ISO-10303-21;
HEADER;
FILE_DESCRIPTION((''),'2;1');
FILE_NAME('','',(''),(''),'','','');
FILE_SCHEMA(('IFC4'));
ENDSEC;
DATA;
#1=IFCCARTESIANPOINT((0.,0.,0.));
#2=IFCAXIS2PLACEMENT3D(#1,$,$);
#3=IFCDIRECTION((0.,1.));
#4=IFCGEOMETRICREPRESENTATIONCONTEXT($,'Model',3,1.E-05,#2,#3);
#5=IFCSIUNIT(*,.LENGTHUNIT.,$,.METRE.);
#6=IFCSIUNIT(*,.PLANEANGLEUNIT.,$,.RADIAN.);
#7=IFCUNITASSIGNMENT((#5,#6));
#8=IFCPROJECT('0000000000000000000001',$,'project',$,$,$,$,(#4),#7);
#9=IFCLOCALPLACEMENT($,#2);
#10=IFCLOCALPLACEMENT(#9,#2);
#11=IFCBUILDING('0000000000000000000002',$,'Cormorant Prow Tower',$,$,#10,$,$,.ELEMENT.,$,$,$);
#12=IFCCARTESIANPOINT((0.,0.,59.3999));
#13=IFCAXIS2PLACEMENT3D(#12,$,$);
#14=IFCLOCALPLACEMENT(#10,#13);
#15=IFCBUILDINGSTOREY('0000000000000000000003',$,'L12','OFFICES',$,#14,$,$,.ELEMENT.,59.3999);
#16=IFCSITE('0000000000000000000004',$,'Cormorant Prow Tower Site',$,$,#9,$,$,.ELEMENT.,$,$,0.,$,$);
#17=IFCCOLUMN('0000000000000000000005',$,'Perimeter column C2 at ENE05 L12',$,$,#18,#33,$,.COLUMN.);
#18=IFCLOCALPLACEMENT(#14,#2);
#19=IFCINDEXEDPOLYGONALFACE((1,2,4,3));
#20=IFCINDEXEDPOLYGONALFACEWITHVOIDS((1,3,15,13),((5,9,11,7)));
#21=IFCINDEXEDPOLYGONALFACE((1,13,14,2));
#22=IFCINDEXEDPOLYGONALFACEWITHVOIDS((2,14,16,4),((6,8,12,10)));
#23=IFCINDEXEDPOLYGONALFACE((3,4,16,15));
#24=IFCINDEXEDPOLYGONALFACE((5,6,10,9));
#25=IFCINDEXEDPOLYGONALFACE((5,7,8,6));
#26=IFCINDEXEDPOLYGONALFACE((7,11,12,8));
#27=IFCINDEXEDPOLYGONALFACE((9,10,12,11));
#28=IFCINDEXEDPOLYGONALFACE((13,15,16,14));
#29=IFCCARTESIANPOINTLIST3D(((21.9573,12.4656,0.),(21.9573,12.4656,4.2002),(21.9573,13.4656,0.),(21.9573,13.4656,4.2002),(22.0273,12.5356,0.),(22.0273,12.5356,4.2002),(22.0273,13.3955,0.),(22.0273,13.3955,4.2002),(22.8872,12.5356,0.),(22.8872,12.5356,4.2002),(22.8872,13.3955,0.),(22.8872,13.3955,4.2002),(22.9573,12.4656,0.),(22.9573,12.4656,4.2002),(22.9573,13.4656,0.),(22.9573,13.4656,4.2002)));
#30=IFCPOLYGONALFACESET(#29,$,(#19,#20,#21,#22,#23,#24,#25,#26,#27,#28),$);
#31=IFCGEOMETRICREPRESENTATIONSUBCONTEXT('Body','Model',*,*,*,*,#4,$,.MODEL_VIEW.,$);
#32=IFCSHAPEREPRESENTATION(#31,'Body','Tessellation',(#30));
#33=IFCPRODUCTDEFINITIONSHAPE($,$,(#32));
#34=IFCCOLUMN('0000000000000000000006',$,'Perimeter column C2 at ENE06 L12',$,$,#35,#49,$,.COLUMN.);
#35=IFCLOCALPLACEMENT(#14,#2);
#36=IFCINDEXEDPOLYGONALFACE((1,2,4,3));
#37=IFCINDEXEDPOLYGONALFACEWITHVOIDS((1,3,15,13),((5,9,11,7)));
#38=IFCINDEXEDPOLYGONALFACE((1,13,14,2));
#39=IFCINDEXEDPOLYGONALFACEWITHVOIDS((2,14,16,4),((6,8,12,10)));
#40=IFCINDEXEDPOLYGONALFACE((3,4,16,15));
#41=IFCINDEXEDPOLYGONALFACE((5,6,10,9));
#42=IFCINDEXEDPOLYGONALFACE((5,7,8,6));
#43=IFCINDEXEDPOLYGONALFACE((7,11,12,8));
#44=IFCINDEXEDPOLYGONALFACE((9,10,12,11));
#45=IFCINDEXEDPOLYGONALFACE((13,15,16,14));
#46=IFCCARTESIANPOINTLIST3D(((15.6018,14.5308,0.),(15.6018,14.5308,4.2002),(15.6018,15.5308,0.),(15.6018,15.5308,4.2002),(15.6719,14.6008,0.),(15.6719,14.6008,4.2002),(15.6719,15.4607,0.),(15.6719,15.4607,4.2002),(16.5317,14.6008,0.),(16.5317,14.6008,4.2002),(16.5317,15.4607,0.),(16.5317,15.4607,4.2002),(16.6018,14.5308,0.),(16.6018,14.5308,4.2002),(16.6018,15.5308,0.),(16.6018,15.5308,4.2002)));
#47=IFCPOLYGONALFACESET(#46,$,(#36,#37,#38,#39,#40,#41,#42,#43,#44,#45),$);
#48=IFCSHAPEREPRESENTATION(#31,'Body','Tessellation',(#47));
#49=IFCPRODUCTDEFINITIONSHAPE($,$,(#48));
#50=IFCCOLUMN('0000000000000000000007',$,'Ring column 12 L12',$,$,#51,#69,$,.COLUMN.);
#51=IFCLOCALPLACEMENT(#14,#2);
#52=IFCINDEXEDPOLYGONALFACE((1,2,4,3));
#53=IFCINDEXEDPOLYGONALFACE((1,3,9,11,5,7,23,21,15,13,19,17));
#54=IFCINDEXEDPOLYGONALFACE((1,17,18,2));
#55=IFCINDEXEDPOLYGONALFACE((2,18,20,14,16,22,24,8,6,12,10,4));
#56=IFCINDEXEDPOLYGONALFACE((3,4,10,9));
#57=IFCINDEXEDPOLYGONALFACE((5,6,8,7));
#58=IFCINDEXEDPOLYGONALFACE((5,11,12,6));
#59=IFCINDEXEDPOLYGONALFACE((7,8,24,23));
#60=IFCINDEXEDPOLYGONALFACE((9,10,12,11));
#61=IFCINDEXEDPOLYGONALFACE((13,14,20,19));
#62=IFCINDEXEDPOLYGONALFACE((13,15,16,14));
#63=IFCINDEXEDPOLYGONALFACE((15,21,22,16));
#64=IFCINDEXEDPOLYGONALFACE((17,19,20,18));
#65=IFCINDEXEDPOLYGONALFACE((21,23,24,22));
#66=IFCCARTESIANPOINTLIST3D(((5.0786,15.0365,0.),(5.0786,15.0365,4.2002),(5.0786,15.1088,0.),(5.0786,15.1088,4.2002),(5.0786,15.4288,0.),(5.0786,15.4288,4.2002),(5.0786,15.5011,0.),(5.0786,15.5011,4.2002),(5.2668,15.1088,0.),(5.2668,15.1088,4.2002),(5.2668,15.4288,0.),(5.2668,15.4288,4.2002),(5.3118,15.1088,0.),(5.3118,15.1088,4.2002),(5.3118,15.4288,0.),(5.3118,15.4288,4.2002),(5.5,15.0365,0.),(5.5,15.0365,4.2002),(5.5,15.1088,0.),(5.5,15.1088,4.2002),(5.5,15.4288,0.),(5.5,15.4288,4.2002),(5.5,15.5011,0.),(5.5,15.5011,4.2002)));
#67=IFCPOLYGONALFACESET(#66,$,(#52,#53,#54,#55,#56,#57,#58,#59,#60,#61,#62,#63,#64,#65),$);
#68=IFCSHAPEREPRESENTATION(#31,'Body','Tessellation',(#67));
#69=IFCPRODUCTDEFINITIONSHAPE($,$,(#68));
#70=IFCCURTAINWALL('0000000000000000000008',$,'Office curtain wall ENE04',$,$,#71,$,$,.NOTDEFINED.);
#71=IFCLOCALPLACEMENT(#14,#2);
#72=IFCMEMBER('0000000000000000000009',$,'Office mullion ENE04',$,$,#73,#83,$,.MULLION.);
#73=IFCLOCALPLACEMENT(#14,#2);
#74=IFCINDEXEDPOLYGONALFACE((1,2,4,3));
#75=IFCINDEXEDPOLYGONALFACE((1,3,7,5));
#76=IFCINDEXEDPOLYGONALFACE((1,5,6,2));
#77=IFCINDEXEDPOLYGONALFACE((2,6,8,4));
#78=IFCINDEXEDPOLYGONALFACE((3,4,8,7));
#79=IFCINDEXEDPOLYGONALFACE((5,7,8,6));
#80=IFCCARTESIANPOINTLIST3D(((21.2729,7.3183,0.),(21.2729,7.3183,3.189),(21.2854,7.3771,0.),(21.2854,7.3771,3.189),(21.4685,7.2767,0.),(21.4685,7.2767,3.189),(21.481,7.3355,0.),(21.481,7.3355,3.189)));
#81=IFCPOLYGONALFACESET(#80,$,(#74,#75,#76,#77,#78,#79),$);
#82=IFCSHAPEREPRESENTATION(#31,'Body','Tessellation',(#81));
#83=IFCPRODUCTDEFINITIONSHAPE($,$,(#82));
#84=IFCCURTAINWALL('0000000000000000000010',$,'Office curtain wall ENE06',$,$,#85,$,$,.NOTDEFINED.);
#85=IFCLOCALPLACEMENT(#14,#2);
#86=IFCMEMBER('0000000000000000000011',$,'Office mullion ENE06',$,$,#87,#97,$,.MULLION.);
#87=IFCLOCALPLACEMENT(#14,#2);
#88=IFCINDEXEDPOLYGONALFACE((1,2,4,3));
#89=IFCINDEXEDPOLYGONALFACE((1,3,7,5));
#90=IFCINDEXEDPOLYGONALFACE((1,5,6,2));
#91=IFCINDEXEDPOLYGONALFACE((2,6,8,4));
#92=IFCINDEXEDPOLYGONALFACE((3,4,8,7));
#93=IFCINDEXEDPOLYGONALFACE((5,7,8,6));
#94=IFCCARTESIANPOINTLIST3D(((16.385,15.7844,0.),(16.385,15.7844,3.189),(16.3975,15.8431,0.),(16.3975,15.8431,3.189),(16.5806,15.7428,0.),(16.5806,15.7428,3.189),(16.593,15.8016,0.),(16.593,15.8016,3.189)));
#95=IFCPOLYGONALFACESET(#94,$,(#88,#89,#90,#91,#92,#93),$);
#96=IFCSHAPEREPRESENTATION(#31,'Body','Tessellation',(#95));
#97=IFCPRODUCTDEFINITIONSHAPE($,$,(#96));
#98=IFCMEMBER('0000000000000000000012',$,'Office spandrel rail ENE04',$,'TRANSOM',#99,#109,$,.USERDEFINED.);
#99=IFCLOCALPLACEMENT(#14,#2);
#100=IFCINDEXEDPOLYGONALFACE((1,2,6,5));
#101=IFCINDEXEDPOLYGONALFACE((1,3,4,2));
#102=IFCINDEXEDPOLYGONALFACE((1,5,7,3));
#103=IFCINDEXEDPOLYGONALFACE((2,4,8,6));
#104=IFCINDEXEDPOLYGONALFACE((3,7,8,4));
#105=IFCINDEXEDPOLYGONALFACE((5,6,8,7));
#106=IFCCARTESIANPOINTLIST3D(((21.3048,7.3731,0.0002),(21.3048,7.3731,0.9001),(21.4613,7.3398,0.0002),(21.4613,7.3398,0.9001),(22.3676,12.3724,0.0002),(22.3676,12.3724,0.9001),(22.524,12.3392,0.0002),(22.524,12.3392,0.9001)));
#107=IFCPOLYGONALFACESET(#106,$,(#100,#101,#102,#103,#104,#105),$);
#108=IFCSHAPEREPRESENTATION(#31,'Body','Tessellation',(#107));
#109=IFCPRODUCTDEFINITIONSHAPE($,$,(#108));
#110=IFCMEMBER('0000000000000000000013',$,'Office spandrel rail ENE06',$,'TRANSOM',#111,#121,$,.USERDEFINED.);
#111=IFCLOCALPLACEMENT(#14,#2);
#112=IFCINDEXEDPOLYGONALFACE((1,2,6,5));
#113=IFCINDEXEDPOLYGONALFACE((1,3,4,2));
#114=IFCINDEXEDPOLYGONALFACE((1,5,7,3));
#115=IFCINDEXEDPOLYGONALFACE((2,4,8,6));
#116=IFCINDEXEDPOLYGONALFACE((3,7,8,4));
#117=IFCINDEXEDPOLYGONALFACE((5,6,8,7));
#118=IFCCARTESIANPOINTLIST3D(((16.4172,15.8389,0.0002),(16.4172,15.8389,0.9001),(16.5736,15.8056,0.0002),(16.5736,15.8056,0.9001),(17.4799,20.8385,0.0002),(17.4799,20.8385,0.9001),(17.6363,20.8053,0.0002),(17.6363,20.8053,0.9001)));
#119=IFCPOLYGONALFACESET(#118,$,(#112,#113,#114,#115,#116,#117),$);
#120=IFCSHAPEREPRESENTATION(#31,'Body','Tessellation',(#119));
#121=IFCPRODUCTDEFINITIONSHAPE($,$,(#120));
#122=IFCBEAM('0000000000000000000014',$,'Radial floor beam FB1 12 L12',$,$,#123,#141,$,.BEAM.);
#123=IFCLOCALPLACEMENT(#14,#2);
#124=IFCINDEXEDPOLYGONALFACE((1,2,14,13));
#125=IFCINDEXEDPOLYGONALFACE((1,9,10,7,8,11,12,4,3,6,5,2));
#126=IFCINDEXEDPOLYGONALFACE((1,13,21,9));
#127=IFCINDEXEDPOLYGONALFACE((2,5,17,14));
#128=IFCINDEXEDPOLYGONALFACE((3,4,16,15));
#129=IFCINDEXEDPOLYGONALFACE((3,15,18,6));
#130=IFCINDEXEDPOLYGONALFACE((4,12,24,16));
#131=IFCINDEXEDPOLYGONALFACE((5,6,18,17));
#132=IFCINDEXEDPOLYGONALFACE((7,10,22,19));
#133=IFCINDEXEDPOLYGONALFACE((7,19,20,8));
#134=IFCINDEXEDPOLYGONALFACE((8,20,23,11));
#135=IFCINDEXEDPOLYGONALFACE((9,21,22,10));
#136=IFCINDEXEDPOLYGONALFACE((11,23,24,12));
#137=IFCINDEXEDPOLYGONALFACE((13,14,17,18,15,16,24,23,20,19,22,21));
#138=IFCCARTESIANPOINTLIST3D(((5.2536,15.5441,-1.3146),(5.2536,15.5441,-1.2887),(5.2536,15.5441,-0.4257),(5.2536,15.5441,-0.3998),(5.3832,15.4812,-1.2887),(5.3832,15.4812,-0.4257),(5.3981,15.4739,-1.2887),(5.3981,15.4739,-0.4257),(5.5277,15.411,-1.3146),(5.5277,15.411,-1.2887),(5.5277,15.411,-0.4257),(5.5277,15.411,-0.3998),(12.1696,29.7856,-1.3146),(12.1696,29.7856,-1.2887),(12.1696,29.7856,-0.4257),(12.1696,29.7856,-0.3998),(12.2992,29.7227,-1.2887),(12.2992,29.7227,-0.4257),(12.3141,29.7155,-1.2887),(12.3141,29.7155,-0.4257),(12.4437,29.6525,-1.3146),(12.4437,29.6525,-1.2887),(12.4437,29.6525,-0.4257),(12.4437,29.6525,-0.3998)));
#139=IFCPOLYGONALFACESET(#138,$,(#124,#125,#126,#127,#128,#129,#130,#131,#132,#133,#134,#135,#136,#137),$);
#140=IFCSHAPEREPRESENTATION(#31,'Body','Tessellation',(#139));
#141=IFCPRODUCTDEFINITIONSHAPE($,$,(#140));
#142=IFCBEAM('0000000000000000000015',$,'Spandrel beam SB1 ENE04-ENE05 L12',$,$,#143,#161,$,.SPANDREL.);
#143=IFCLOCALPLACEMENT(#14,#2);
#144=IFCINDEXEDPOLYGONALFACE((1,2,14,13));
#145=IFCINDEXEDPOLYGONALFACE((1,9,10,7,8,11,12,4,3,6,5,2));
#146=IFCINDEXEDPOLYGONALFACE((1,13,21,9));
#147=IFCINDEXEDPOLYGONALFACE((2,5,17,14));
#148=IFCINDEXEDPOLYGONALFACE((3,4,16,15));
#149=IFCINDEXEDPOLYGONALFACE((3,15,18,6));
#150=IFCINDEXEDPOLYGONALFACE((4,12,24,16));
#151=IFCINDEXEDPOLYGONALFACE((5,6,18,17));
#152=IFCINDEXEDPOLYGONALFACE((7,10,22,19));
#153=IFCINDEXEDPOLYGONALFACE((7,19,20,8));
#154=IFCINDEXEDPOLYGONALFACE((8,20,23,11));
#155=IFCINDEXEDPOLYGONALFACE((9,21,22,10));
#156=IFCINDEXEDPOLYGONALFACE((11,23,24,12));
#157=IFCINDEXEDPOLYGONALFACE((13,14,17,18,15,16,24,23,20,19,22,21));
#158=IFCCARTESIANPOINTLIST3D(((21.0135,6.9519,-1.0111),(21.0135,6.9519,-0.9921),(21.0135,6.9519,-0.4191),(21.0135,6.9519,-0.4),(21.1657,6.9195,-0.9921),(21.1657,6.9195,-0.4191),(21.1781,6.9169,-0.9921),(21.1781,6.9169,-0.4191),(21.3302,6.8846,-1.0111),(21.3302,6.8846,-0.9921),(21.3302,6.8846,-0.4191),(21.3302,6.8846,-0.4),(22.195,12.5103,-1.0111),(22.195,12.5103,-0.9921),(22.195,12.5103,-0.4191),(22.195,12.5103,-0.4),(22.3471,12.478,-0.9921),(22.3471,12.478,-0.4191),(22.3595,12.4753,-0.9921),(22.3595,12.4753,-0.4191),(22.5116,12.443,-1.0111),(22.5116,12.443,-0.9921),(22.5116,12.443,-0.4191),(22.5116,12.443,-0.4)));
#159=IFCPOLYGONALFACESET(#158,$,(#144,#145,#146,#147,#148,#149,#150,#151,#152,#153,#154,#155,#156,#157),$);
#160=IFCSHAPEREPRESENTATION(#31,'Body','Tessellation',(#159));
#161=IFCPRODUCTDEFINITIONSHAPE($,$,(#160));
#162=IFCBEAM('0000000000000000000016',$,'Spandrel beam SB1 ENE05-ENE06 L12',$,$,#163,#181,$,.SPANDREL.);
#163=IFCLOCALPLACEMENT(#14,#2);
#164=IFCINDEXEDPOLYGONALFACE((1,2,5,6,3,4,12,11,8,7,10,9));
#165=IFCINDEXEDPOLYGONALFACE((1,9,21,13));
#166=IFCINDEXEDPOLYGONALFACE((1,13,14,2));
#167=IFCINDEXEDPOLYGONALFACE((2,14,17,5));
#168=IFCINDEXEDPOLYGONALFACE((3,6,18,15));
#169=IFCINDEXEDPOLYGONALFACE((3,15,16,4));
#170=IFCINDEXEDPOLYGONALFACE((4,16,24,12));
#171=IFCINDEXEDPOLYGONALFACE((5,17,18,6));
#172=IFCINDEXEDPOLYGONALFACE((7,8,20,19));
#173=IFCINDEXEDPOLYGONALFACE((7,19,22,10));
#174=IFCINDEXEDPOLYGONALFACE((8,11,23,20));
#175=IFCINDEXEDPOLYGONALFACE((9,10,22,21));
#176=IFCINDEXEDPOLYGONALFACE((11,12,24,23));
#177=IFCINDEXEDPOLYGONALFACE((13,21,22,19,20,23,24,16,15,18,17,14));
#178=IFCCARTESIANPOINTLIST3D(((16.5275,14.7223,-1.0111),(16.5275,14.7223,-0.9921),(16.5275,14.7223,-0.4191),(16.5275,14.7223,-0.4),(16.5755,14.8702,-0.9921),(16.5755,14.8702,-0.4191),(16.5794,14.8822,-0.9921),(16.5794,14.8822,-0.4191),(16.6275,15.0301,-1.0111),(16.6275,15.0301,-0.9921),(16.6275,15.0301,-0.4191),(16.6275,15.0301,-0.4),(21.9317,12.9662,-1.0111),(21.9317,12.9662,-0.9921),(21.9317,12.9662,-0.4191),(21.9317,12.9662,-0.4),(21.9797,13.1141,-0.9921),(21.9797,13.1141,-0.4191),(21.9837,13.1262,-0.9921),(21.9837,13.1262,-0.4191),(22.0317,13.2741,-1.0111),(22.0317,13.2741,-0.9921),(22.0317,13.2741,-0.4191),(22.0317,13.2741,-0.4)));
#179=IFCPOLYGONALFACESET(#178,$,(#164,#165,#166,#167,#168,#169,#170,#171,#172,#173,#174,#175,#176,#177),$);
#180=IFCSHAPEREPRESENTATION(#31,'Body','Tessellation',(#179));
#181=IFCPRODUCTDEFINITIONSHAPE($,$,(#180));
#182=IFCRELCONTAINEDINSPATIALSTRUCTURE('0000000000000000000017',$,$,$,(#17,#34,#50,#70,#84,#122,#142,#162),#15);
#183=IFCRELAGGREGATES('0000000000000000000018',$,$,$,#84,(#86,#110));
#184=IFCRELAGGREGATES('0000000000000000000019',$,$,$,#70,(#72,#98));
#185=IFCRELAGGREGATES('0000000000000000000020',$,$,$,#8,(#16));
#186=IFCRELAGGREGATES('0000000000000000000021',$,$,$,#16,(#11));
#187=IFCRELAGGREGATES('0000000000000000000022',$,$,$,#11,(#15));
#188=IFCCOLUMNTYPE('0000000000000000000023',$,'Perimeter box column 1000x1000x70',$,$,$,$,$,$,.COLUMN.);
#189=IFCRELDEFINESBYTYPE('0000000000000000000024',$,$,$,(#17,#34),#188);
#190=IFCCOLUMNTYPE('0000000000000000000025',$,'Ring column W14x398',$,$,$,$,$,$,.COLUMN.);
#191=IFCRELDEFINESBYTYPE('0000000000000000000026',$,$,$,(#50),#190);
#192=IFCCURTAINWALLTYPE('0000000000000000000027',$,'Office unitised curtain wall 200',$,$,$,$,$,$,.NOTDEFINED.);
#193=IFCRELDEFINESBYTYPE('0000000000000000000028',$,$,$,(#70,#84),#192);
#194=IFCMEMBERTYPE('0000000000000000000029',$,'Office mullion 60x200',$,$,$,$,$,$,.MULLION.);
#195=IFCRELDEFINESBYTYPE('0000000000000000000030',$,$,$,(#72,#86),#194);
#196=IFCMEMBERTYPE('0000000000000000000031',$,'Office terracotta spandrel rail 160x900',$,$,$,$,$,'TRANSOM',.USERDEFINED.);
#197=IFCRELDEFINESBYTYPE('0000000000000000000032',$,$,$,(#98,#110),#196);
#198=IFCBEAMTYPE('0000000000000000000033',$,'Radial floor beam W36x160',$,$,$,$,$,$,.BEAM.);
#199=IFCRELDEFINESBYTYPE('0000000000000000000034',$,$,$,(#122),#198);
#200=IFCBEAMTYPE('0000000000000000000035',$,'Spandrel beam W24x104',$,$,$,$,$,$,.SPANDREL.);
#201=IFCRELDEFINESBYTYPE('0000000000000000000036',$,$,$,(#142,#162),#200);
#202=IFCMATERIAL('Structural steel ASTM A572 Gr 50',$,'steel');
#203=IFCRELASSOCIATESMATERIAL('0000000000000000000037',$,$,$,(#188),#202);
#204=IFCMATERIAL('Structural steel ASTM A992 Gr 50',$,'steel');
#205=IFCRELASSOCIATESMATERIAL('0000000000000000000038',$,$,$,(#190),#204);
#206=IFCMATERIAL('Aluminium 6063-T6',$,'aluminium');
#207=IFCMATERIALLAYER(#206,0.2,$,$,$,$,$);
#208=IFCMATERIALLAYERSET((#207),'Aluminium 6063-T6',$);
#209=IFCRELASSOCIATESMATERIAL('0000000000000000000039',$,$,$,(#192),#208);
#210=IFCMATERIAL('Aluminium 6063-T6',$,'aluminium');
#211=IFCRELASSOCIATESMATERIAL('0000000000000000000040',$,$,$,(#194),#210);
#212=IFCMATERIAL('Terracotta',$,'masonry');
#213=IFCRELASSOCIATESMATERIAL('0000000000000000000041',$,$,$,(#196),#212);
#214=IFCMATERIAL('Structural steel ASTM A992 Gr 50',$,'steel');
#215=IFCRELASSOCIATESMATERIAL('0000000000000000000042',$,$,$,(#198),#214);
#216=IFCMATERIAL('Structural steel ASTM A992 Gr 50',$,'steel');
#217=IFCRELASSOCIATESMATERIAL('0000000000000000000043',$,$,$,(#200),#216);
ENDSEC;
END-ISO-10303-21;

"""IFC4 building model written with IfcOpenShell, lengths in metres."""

from ifc_helpers import new_model, si_unit, direction, frame, origin, origin_2d, place, context, subcontext, project, spatial, rectangle, hollow_rectangle, i_section, extrude, material, layer, layer_set, material_profile, profile_set, type_object, element, aggregate, save


model = new_model("IFC4")

# Units and contexts
model_context = context("Model", 3, precision=1e-05, world=origin(), true_north=direction((0.0, 1.0)))
body_context = subcontext(model_context, "Body", "Model", "MODEL_VIEW")
ifc_project = project(units=[si_unit("LENGTHUNIT", "METRE"), si_unit("PLANEANGLEUNIT", "RADIAN")], contexts=[model_context])

# Site, building, storey
site_placement = place(None, origin())
site = spatial("IfcSite", under=ifc_project, at=site_placement, Name="Cormorant Prow Tower Site", CompositionType="ELEMENT", RefElevation=0.0)
building_placement = place(site_placement, origin())
building = spatial("IfcBuilding", under=site, at=building_placement, Name="Cormorant Prow Tower", CompositionType="ELEMENT")
storey_placement = place(building_placement, frame((0.0, 0.0, 59.3999)))
storey = spatial("IfcBuildingStorey", under=building, at=storey_placement, Name="L12", Description="OFFICES", CompositionType="ELEMENT", Elevation=59.3999)

# Columns
ifc_material_1 = material(Name="Structural steel ASTM A572 Gr 50", Category="steel")
ifc_material_profile_1 = material_profile(ifc_material_1, hollow_rectangle(XDim=1.0, YDim=1.0, WallThickness=0.0701, at=origin_2d()), Name="Box 1000x1000x70")
ifc_profile_set_1 = profile_set([ifc_material_profile_1], Name="Structural steel ASTM A572 Gr 50")
column_type_1 = type_object("IfcColumnType", Name="Perimeter box column 1000x1000x70", PredefinedType="COLUMN", material=ifc_profile_set_1)
for number, where, z_axis, x_axis, name in (
    (1, (22.4573, 12.9656, 0.0), (0.0, 0.0, 1.0), (1.0, 0.0, 0.0), "Perimeter column C2 at ENE05 L12"),
    (2, (16.1018, 15.0308, 0.0), (0.0, 0.0, 1.0), (1.0, 0.0, 0.0), "Perimeter column C2 at ENE06 L12"),
):
    element("IfcColumn", number, at=place(storey_placement, frame(where, z_axis=z_axis, x_axis=x_axis)), inside=storey, type_object=column_type_1, Name=name, PredefinedType="COLUMN", context=body_context, shape_type="SweptSolid", body=[
        extrude(hollow_rectangle(XDim=1.0, YDim=1.0, WallThickness=0.0701, at=origin_2d()), origin(), (0.0, 0.0, 1.0), 4.2002),
    ])
ifc_material_2 = material(Name="Structural steel ASTM A992 Gr 50", Category="steel")
ifc_material_profile_2 = material_profile(ifc_material_2, i_section(OverallWidth=0.4214, OverallDepth=0.4646, WebThickness=0.0449, FlangeThickness=0.0723, at=origin_2d()), Name="W14x398")
ifc_profile_set_2 = profile_set([ifc_material_profile_2], Name="Structural steel ASTM A992 Gr 50")
column_type_2 = type_object("IfcColumnType", Name="Ring column W14x398", PredefinedType="COLUMN", material=ifc_profile_set_2)
column_placement = place(storey_placement, frame((5.2893, 15.2688, 0.0), z_axis=(0.0, 0.0, 1.0), x_axis=(1.0, 0.0, 0.0)))
element("IfcColumn", 3, at=column_placement, inside=storey, type_object=column_type_2, Name="Ring column 12 L12", PredefinedType="COLUMN", context=body_context, shape_type="SweptSolid", body=[
    extrude(i_section(OverallWidth=0.4214, OverallDepth=0.4646, WebThickness=0.0449, FlangeThickness=0.0723, at=origin_2d()), origin(), (0.0, 0.0, 1.0), 4.2002),
])

# Curtain walls, members
ifc_material_3 = material(Name="Aluminium 6063-T6", Category="aluminium")
ifc_layer_1 = layer(ifc_material_3, 0.2)
ifc_layer_set_1 = layer_set([ifc_layer_1], Name="Aluminium 6063-T6")
curtain_wall_type = type_object("IfcCurtainWallType", Name="Office unitised curtain wall 200", PredefinedType="NOTDEFINED", material=ifc_layer_set_1)
curtain_wall_1_placement = place(storey_placement, origin())
curtain_wall_1 = element("IfcCurtainWall", 4, at=curtain_wall_1_placement, inside=storey, type_object=curtain_wall_type, Name="Office curtain wall ENE04", PredefinedType="NOTDEFINED")
ifc_material_4 = material(Name="Aluminium 6063-T6", Category="aluminium")
ifc_material_profile_3 = material_profile(ifc_material_4, rectangle(XDim=0.2, YDim=0.0601, at=origin_2d()), Name="Office mullion 60x200")
ifc_profile_set_3 = profile_set([ifc_material_profile_3], Name="Aluminium 6063-T6")
member_type_1 = type_object("IfcMemberType", Name="Office mullion 60x200", PredefinedType="MULLION", material=ifc_profile_set_3)
member_1_placement = place(storey_placement, frame((21.377, 7.3269, 0.0), z_axis=(0.0, 0.0, 1.0), x_axis=(-0.978148, 0.207912, 0.0)))
member_1 = element("IfcMember", 5, at=member_1_placement, type_object=member_type_1, Name="Office mullion ENE04", PredefinedType="MULLION", context=body_context, shape_type="SweptSolid", body=[
    extrude(rectangle(XDim=0.2, YDim=0.0601, at=origin_2d()), origin(), (0.0, 0.0, 1.0), 3.189),
])
curtain_wall_2_placement = place(storey_placement, origin())
curtain_wall_2 = element("IfcCurtainWall", 6, at=curtain_wall_2_placement, inside=storey, type_object=curtain_wall_type, Name="Office curtain wall ENE06", PredefinedType="NOTDEFINED")
member_2_placement = place(storey_placement, frame((16.489, 15.793, 0.0), z_axis=(0.0, 0.0, 1.0), x_axis=(-0.978148, 0.207912, 0.0)))
member_2 = element("IfcMember", 7, at=member_2_placement, type_object=member_type_1, Name="Office mullion ENE06", PredefinedType="MULLION", context=body_context, shape_type="SweptSolid", body=[
    extrude(rectangle(XDim=0.2, YDim=0.0601, at=origin_2d()), origin(), (0.0, 0.0, 1.0), 3.189),
])

# Members
ifc_material_5 = material(Name="Terracotta", Category="masonry")
ifc_material_profile_4 = material_profile(ifc_material_5, rectangle(XDim=0.1599, YDim=0.8999, at=origin_2d()), Name="Office terracotta spandrel rail 160x900")
ifc_profile_set_4 = profile_set([ifc_material_profile_4], Name="Terracotta")
member_type_2 = type_object("IfcMemberType", Name="Office terracotta spandrel rail 160x900", ElementType="TRANSOM", PredefinedType="USERDEFINED", material=ifc_profile_set_4)
member_3_placement = place(storey_placement, frame((21.3831, 7.3564, 0.4502), z_axis=(0.207934, 0.978143, 0.0), x_axis=(-0.978143, 0.207934, 0.0)))
member_3 = element("IfcMember", 8, at=member_3_placement, type_object=member_type_2, Name="Office spandrel rail ENE04", ObjectType="TRANSOM", PredefinedType="USERDEFINED", context=body_context, shape_type="SweptSolid", body=[
    extrude(rectangle(XDim=0.1599, YDim=0.8999, at=origin_2d()), origin(), (0.0, 0.0, 1.0), 5.1111),
])
member_4_placement = place(storey_placement, frame((16.4954, 15.8223, 0.4502), z_axis=(0.207924, 0.978145, 0.0), x_axis=(-0.978145, 0.207924, 0.0)))
member_4 = element("IfcMember", 9, at=member_4_placement, type_object=member_type_2, Name="Office spandrel rail ENE06", ObjectType="TRANSOM", PredefinedType="USERDEFINED", context=body_context, shape_type="SweptSolid", body=[
    extrude(rectangle(XDim=0.1599, YDim=0.8999, at=origin_2d()), origin(), (0.0, 0.0, 1.0), 5.1113),
])
aggregate(curtain_wall_2, [member_2, member_4])

# Beams
ifc_material_6 = material(Name="Structural steel ASTM A992 Gr 50", Category="steel")
ifc_material_profile_5 = material_profile(ifc_material_6, i_section(OverallWidth=0.3047, OverallDepth=0.9148, WebThickness=0.0166, FlangeThickness=0.0259, at=origin_2d()), Name="W36x160")
ifc_profile_set_5 = profile_set([ifc_material_profile_5], Name="Structural steel ASTM A992 Gr 50")
beam_type_1 = type_object("IfcBeamType", Name="Radial floor beam W36x160", PredefinedType="BEAM", material=ifc_profile_set_5)
beam_1_placement = place(storey_placement, frame((5.3906, 15.4775, -0.8572), z_axis=(0.436839, 0.899539, 0.0), x_axis=(-0.899539, 0.436839, 0.0)))
element("IfcBeam", 10, at=beam_1_placement, inside=storey, type_object=beam_type_1, Name="Radial floor beam FB1 12 L12", PredefinedType="BEAM", context=body_context, shape_type="SweptSolid", body=[
    extrude(i_section(OverallWidth=0.3047, OverallDepth=0.9148, WebThickness=0.0166, FlangeThickness=0.0259, at=origin_2d()), origin(), (0.0, 0.0, 1.0), 15.832),
])
ifc_material_7 = material(Name="Structural steel ASTM A992 Gr 50", Category="steel")
ifc_material_profile_6 = material_profile(ifc_material_7, i_section(OverallWidth=0.3237, OverallDepth=0.6111, WebThickness=0.0127, FlangeThickness=0.019, at=origin_2d()), Name="W24x104")
ifc_profile_set_6 = profile_set([ifc_material_profile_6], Name="Structural steel ASTM A992 Gr 50")
beam_type_2 = type_object("IfcBeamType", Name="Spandrel beam W24x104", PredefinedType="SPANDREL", material=ifc_profile_set_6)
beam_2_placement = place(storey_placement, frame((21.1719, 6.9182, -0.7056), z_axis=(0.2079, 0.97815, 0.0), x_axis=(-0.97815, 0.2079, 0.0)))
element("IfcBeam", 11, at=beam_2_placement, inside=storey, type_object=beam_type_2, Name="Spandrel beam SB1 ENE04-ENE05 L12", PredefinedType="SPANDREL", context=body_context, shape_type="SweptSolid", body=[
    extrude(i_section(OverallWidth=0.3237, OverallDepth=0.6111, WebThickness=0.0127, FlangeThickness=0.019, at=origin_2d()), origin(), (0.0, 0.0, 1.0), 5.6826),
])
beam_3_placement = place(storey_placement, frame((21.9817, 13.1201, -0.7056), z_axis=(-0.951049, 0.309039, 0.0), x_axis=(-0.309039, -0.951049, 0.0)))
element("IfcBeam", 12, at=beam_3_placement, inside=storey, type_object=beam_type_2, Name="Spandrel beam SB1 ENE05-ENE06 L12", PredefinedType="SPANDREL", context=body_context, shape_type="SweptSolid", body=[
    extrude(i_section(OverallWidth=0.3237, OverallDepth=0.6111, WebThickness=0.0127, FlangeThickness=0.019, at=origin_2d()), origin(), (0.0, 0.0, 1.0), 5.6824),
])

aggregate(curtain_wall_1, [member_1, member_3])

save(model, "model.ifc")
